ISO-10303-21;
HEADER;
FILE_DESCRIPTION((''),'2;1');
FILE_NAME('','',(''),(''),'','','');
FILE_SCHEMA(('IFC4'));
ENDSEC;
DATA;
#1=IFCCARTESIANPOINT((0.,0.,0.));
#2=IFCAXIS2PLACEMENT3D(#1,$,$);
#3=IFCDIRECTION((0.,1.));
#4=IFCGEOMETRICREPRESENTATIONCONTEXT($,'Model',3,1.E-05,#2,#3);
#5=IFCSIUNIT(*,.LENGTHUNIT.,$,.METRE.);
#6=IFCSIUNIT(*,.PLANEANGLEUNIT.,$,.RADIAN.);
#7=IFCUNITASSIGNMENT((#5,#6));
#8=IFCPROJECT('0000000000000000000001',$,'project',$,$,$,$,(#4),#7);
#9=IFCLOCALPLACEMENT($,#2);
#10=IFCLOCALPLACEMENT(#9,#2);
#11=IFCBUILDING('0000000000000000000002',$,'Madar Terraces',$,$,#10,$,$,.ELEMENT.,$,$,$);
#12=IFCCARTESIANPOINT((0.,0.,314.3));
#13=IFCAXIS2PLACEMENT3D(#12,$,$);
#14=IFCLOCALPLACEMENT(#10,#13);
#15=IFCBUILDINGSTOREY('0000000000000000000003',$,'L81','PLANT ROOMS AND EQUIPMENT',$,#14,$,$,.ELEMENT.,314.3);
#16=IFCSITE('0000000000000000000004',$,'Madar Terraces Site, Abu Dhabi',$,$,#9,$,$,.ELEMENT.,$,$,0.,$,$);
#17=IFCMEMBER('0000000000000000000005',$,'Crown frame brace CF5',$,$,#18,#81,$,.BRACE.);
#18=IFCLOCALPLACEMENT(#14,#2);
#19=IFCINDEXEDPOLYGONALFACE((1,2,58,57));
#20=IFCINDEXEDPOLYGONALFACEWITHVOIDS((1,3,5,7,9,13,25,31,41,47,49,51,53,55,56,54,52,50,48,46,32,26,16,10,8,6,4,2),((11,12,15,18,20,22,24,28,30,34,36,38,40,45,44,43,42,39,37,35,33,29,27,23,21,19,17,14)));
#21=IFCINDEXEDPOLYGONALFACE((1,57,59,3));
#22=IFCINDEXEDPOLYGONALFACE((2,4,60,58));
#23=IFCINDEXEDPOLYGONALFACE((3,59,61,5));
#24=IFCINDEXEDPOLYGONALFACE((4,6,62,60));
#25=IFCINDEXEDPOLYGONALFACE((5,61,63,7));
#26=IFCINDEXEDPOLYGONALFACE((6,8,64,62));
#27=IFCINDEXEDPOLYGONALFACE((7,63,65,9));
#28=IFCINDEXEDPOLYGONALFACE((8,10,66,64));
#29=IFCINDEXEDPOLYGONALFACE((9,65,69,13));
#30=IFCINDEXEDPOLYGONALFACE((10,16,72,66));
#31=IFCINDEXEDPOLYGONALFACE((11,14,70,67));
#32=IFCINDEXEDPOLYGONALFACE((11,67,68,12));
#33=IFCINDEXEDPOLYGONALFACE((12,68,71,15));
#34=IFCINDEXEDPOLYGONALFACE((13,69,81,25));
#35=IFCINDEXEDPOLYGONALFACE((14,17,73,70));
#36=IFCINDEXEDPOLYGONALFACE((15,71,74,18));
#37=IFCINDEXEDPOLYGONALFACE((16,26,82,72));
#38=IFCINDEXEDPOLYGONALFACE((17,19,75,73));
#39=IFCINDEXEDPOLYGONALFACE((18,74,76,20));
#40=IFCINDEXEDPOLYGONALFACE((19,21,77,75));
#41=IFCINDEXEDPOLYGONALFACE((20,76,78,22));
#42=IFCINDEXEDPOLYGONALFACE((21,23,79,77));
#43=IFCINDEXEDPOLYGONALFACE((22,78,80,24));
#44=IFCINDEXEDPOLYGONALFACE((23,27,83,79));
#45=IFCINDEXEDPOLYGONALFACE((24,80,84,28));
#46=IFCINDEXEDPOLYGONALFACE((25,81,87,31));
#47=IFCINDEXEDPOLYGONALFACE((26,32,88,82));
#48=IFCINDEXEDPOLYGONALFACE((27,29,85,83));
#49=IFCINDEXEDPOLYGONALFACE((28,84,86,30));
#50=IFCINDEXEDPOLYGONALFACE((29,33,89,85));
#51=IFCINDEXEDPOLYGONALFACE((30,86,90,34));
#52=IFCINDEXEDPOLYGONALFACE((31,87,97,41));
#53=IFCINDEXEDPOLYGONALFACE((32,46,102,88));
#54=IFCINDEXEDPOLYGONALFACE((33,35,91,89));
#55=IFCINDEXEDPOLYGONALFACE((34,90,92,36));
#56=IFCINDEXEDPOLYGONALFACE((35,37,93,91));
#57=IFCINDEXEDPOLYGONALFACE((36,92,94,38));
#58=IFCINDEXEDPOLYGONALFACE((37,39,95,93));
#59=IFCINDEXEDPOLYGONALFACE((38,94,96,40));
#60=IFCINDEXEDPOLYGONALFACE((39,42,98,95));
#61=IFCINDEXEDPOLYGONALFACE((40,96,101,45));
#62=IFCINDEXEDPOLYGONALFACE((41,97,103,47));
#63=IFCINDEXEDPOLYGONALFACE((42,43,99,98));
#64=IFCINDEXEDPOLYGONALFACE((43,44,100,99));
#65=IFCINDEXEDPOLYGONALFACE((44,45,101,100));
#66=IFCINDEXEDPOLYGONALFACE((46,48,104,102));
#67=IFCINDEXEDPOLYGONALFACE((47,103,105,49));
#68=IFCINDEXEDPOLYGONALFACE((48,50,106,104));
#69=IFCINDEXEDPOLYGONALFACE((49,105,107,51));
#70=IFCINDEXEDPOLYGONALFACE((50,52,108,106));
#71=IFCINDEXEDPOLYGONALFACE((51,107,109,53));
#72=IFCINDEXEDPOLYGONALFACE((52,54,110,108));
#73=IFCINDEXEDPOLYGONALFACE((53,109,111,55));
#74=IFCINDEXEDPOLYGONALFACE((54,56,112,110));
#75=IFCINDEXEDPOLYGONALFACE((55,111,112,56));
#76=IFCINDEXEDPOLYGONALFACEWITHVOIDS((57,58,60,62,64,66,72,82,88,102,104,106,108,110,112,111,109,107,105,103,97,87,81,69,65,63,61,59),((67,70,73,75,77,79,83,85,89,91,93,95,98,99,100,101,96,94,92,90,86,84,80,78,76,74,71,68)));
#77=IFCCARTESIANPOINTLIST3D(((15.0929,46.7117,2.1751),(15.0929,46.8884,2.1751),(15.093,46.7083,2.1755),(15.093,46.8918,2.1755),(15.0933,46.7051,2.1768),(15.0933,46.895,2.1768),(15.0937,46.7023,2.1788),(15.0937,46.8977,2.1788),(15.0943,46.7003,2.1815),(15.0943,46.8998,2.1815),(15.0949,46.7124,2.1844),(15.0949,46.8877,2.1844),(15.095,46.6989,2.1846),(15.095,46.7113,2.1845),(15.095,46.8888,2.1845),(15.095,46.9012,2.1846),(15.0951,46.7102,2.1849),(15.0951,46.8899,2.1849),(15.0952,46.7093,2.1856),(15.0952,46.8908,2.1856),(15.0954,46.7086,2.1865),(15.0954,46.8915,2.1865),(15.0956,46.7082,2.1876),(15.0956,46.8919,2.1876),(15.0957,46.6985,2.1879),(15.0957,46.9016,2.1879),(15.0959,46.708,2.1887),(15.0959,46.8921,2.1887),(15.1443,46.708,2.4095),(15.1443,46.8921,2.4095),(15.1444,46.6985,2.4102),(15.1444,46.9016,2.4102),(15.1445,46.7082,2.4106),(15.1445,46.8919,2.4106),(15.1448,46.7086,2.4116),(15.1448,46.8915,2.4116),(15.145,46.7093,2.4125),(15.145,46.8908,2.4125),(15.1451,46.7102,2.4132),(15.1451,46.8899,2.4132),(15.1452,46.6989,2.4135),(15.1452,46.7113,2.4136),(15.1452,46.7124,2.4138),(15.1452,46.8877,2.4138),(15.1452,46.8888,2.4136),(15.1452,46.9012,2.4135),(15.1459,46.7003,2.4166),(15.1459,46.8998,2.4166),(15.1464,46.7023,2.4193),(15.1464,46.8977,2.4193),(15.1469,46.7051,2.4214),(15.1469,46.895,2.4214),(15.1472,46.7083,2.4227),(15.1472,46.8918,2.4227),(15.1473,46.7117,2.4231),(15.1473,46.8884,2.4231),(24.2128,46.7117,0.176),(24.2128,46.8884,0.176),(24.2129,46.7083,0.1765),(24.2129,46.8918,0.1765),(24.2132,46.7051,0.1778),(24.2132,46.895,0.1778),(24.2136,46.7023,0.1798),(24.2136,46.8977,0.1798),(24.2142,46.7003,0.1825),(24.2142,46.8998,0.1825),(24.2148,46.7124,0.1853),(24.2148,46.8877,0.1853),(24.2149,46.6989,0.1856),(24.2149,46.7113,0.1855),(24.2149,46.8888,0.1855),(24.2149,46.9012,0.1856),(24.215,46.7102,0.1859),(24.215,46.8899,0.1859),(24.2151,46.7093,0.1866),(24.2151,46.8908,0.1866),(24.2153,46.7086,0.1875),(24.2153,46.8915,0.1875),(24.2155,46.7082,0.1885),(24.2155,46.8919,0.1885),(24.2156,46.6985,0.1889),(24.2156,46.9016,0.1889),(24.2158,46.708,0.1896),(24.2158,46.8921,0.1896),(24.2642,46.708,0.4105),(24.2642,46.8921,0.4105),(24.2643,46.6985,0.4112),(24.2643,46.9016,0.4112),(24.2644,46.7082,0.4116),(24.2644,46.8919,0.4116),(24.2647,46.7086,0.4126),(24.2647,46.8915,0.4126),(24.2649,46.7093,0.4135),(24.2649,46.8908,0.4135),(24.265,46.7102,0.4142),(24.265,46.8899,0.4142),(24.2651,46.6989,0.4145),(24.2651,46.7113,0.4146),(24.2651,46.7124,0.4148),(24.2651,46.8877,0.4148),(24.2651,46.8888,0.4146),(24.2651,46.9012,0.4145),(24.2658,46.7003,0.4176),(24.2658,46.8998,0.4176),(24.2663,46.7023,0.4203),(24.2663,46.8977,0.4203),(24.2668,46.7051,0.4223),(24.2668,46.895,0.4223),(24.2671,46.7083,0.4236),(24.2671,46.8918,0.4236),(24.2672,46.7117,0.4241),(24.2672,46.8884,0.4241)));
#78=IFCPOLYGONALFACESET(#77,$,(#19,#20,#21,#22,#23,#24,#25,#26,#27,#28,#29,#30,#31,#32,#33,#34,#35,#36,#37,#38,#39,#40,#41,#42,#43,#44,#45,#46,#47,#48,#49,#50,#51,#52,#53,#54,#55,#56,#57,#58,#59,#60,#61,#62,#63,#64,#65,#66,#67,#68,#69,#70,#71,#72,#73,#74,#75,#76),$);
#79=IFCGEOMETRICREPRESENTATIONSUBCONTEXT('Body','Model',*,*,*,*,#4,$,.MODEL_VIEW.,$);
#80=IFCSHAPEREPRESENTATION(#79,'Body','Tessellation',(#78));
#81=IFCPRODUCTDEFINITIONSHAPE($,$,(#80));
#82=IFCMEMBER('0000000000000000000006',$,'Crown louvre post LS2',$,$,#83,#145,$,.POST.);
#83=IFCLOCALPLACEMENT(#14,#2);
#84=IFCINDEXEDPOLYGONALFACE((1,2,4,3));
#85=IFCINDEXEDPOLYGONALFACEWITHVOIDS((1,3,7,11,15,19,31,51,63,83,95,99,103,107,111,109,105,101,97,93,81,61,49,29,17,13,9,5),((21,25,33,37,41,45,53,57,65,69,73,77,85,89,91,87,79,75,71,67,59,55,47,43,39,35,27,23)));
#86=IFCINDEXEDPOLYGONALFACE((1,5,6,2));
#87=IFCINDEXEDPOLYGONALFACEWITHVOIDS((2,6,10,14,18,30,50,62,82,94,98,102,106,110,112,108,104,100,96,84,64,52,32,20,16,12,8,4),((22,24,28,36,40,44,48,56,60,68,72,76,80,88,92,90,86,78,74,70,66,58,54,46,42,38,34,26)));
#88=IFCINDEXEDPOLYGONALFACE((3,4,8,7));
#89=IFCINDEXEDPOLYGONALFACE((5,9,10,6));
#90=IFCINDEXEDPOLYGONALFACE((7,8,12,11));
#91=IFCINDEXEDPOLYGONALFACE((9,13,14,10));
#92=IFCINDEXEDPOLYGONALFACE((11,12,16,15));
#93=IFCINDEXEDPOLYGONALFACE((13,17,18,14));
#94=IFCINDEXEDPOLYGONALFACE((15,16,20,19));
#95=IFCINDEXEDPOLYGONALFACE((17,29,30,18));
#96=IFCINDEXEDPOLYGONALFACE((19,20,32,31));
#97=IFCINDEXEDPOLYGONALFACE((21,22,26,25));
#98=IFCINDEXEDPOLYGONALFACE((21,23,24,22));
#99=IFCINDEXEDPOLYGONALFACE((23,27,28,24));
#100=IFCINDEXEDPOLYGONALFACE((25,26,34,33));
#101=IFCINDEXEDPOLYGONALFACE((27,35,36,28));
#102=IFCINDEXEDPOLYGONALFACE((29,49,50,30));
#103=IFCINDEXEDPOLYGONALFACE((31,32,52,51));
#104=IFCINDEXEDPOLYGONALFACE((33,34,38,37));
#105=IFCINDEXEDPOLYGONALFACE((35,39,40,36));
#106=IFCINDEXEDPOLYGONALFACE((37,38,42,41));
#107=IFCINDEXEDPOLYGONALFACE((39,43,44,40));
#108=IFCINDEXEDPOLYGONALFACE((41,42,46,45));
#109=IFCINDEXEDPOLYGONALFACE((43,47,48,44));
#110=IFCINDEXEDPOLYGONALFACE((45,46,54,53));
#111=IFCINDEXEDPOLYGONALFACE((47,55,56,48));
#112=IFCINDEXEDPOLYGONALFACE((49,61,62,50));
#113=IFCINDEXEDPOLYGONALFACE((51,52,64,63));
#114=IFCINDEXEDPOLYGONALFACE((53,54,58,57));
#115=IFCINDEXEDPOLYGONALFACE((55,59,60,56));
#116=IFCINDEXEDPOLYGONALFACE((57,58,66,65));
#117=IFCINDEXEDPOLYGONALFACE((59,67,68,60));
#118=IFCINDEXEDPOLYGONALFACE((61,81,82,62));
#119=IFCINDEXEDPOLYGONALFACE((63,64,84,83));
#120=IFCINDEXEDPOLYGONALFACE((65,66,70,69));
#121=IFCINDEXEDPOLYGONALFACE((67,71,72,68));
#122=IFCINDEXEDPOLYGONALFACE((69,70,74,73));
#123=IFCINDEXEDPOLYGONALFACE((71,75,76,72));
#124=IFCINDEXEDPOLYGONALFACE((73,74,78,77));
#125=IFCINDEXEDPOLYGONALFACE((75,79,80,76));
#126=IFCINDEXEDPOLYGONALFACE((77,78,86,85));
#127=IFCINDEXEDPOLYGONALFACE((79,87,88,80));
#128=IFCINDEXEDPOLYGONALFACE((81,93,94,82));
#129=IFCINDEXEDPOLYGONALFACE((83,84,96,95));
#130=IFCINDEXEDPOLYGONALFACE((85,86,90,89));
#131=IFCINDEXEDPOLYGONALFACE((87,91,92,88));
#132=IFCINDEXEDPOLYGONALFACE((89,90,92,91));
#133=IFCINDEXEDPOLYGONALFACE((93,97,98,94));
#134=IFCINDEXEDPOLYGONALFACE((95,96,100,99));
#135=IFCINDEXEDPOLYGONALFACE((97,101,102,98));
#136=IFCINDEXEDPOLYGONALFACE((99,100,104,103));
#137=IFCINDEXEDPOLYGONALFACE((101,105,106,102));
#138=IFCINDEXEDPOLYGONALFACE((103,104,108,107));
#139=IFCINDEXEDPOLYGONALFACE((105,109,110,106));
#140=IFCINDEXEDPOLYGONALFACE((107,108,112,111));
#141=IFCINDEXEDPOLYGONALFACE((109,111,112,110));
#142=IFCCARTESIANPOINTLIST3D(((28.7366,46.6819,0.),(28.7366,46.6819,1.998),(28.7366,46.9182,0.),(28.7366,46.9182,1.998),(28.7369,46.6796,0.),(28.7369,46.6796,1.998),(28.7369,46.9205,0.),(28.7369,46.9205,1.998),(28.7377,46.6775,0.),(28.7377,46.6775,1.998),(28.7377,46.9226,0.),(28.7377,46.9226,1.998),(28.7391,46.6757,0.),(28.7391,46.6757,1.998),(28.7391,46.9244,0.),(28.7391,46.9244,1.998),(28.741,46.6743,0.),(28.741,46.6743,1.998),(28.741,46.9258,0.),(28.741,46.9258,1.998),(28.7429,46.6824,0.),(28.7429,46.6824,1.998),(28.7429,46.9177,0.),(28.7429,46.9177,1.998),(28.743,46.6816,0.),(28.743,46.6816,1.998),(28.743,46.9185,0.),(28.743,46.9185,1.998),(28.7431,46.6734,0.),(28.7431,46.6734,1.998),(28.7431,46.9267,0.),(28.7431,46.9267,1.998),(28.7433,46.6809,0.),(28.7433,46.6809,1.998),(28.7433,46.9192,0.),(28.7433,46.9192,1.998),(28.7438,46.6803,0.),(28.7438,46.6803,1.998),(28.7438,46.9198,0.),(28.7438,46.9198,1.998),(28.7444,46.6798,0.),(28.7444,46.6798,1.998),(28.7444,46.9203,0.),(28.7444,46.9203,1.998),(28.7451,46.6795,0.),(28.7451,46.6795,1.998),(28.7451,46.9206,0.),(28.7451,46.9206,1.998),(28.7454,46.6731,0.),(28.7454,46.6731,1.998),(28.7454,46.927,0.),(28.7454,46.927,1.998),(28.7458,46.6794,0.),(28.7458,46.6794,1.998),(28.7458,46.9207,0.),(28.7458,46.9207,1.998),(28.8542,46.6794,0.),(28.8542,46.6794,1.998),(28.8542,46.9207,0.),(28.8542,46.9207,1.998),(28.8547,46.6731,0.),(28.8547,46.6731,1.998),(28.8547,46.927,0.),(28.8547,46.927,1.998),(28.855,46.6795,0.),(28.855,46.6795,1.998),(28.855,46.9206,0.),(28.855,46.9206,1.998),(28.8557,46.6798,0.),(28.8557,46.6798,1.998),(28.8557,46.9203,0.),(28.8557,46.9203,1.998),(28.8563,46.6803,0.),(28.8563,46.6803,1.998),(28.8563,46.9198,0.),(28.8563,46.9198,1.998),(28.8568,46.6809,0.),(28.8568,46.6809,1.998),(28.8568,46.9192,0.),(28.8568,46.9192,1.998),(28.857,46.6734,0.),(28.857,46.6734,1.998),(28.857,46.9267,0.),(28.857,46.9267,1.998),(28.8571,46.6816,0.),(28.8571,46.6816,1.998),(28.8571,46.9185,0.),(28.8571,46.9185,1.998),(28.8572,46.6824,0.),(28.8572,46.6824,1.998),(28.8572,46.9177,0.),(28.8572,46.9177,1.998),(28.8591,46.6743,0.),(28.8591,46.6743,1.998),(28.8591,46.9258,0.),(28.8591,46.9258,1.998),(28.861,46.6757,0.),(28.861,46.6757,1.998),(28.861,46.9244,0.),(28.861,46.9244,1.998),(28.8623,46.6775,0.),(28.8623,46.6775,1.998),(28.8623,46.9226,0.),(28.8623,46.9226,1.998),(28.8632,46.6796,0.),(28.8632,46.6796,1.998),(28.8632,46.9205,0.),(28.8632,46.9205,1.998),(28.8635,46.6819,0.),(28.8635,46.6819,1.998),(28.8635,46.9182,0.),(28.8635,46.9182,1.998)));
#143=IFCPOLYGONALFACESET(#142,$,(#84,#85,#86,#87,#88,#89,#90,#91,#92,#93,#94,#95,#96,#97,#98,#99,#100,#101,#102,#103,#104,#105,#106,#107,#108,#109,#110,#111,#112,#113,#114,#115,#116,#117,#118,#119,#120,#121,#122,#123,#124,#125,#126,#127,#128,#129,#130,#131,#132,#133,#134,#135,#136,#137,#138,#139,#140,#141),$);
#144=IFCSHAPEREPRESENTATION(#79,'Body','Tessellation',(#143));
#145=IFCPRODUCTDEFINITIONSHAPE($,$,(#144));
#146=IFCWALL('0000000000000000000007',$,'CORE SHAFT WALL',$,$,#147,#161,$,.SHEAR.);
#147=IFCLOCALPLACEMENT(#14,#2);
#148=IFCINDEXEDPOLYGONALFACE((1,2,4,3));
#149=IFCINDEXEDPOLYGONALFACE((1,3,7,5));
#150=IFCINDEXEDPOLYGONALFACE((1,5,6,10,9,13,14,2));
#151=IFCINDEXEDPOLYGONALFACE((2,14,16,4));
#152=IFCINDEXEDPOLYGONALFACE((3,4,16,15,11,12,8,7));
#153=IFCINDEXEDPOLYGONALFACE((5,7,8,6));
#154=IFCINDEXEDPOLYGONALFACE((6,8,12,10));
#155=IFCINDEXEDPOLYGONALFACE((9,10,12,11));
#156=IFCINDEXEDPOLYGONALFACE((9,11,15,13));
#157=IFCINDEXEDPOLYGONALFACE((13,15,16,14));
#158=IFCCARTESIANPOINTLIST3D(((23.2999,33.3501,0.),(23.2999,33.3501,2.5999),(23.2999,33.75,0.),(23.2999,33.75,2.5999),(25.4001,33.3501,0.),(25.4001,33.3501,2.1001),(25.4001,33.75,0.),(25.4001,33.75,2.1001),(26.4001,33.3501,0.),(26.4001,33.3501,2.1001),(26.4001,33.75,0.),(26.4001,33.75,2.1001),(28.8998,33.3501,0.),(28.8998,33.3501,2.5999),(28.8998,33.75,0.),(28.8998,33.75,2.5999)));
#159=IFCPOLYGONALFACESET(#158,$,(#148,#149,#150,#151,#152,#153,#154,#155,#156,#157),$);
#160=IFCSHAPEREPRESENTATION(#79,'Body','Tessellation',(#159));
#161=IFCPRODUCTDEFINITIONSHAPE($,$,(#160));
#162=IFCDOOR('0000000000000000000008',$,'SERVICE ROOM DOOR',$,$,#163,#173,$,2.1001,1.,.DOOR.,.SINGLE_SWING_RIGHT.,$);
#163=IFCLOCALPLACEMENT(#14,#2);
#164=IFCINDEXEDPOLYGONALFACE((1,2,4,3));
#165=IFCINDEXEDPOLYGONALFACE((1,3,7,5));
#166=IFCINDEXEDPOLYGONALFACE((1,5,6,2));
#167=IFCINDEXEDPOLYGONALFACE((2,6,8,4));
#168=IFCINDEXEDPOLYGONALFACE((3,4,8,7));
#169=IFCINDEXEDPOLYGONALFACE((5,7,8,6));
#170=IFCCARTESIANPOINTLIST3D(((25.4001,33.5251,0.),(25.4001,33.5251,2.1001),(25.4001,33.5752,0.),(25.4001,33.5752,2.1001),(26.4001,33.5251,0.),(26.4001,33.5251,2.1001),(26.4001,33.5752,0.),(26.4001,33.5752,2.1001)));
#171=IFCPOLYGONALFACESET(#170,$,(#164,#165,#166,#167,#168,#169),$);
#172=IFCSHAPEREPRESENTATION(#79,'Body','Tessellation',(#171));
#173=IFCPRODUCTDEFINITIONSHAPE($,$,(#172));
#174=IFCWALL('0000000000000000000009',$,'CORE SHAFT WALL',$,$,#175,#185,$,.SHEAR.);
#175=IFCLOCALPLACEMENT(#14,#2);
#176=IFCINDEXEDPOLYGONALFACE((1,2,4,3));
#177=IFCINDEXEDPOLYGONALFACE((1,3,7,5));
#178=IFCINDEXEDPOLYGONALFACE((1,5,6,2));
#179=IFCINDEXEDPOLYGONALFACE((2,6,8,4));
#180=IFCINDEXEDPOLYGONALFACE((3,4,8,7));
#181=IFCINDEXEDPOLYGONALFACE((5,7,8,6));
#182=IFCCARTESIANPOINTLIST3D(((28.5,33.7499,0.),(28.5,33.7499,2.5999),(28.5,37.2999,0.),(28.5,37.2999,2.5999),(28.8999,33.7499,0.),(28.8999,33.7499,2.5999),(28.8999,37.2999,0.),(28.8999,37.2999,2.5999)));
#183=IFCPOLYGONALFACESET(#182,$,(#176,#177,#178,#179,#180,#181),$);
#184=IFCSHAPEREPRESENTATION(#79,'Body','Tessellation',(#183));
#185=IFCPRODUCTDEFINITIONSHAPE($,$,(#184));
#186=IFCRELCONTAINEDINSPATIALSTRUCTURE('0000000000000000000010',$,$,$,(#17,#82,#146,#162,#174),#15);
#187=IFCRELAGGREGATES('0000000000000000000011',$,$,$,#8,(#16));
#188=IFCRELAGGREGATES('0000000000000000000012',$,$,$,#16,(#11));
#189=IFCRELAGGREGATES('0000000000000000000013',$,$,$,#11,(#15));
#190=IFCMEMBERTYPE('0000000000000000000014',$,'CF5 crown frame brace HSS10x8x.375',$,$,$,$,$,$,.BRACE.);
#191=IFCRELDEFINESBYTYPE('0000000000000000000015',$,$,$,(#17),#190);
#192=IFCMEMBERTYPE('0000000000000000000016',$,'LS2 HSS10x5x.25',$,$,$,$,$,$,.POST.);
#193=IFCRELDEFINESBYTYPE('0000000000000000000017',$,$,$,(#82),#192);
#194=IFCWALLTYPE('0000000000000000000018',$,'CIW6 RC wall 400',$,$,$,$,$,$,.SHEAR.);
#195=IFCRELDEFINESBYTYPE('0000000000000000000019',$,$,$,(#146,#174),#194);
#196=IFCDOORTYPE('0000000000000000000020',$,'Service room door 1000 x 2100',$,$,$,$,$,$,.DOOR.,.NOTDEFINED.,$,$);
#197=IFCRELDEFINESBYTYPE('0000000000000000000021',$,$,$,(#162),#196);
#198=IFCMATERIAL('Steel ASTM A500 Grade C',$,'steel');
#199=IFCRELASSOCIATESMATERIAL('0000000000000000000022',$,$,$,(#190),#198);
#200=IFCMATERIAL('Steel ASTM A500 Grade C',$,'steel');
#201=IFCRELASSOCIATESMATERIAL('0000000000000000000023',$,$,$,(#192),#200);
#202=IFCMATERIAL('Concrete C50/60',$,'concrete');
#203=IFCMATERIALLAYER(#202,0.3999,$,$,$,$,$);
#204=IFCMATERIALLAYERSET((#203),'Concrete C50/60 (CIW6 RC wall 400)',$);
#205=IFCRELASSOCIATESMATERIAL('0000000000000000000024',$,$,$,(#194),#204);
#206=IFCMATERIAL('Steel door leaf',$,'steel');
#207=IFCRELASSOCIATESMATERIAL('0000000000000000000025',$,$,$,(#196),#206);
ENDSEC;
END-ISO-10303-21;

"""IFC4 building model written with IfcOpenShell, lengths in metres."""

from ifc_helpers import new_model, si_unit, direction, frame, frame_2d, origin, origin_2d, place, context, subcontext, project, spatial, rectangle, hollow_rectangle, extrude, material, layer, layer_set, material_profile, profile_set, type_object, element, fill, save


model = new_model("IFC4")

# Units and contexts
model_context = context("Model", 3, precision=1e-05, world=origin(), true_north=direction((0.0, 1.0)))
body_context = subcontext(model_context, "Body", "Model", "MODEL_VIEW")
ifc_project = project(units=[si_unit("LENGTHUNIT", "METRE"), si_unit("PLANEANGLEUNIT", "RADIAN")], contexts=[model_context])

# Site, building, storey
site_placement = place(None, origin())
site = spatial("IfcSite", under=ifc_project, at=site_placement, Name="Madar Terraces Site, Abu Dhabi", CompositionType="ELEMENT", RefElevation=0.0)
building_placement = place(site_placement, origin())
building = spatial("IfcBuilding", under=site, at=building_placement, Name="Madar Terraces", CompositionType="ELEMENT")
storey_placement = place(building_placement, frame((0.0, 0.0, 314.3)))
storey = spatial("IfcBuildingStorey", under=building, at=storey_placement, Name="L81", Description="PLANT ROOMS AND EQUIPMENT", CompositionType="ELEMENT", Elevation=314.3)

# Members
ifc_material_1 = material(Name="Steel ASTM A500 Grade C", Category="steel")
ifc_material_profile_1 = material_profile(ifc_material_1, hollow_rectangle(XDim=0.2031, YDim=0.2539, WallThickness=0.0095, InnerFilletRadius=0.0044, OuterFilletRadius=0.0132, at=origin_2d()), Name="HSS10x8x.375")
ifc_profile_set_1 = profile_set([ifc_material_profile_1], Name="Steel ASTM A500 Grade C")
member_type_1 = type_object("IfcMemberType", Name="CF5 crown frame brace HSS10x8x.375", PredefinedType="BRACE", material=ifc_profile_set_1)
member_1_placement = place(storey_placement, frame((24.24, 46.8, 0.3), z_axis=(-0.976809, 0.0, 0.214111), x_axis=(0.0, -1.0, 0.0)))
element("IfcMember", 1, at=member_1_placement, inside=storey, type_object=member_type_1, Name="Crown frame brace CF5", PredefinedType="BRACE", context=body_context, shape_type="SweptSolid", body=[
    extrude(hollow_rectangle(XDim=0.2031, YDim=0.2539, WallThickness=0.0095, InnerFilletRadius=0.0044, OuterFilletRadius=0.0132, at=origin_2d()), origin(), (0.0, 0.0, 1.0), 9.3364),
])
ifc_material_2 = material(Name="Steel ASTM A500 Grade C", Category="steel")
ifc_material_profile_2 = material_profile(ifc_material_2, hollow_rectangle(XDim=0.127, YDim=0.2539, WallThickness=0.0063, InnerFilletRadius=0.0029, OuterFilletRadius=0.0088, at=origin_2d()), Name="HSS10x5x.25")
ifc_profile_set_2 = profile_set([ifc_material_profile_2], Name="Steel ASTM A500 Grade C")
member_type_2 = type_object("IfcMemberType", Name="LS2 HSS10x5x.25", PredefinedType="POST", material=ifc_profile_set_2)
member_2_placement = place(storey_placement, frame((28.8, 46.8, 0.0), z_axis=(0.0, 0.0, 1.0), x_axis=(-1.0, 0.0, 0.0)))
element("IfcMember", 2, at=member_2_placement, inside=storey, type_object=member_type_2, Name="Crown louvre post LS2", PredefinedType="POST", context=body_context, shape_type="SweptSolid", body=[
    extrude(hollow_rectangle(XDim=0.127, YDim=0.2539, WallThickness=0.0063, InnerFilletRadius=0.0029, OuterFilletRadius=0.0088, at=origin_2d()), origin(), (0.0, 0.0, 1.0), 1.998),
])

# Wall, opening, door
ifc_material_3 = material(Name="Concrete C50/60", Category="concrete")
ifc_layer_1 = layer(ifc_material_3, 0.3999)
ifc_layer_set_1 = layer_set([ifc_layer_1], Name="Concrete C50/60 (CIW6 RC wall 400)")
wall_type_1 = type_object("IfcWallType", Name="CIW6 RC wall 400", PredefinedType="SHEAR", material=ifc_layer_set_1)
wall_1_placement = place(storey_placement, frame((23.3, 33.55, 0.0), z_axis=(0.0, 0.0, 1.0), x_axis=(1.0, 0.0, 0.0)))
wall_1 = element("IfcWall", 3, at=wall_1_placement, inside=storey, type_object=wall_type_1, Name="CORE SHAFT WALL", PredefinedType="SHEAR", context=body_context, shape_type="SweptSolid", body=[
    extrude(rectangle(XDim=5.5999, YDim=0.3999, at=frame_2d((2.7998, 0.0))), origin(), (0.0, 0.0, 1.0), 2.5999),
])
opening_1_placement = place(wall_1_placement, frame((2.1001, 0.0, 0.0)))
opening_1 = element("IfcOpeningElement", 4, at=opening_1_placement, cuts=wall_1, PredefinedType="OPENING", context=body_context, shape_type="SweptSolid", body=[
    extrude(rectangle(XDim=1.0, YDim=2.1001, at=frame_2d((0.5, 1.05))), frame((0.0, 0.21, 0.0), z_axis=(0.0, -1.0, 0.0), x_axis=(1.0, 0.0, 0.0)), (0.0, 0.0, 1.0), 0.4199),
])
ifc_material_4 = material(Name="Steel door leaf", Category="steel")
door_type_1 = type_object("IfcDoorType", Name="Service room door 1000 x 2100", OperationType="NOTDEFINED", PredefinedType="DOOR", material=ifc_material_4)
door_1_placement = place(opening_1_placement, frame((1.0, 0.0, 0.0), z_axis=(0.0, 0.0, 1.0), x_axis=(-1.0, 0.0, 0.0)))
door_1 = element("IfcDoor", 5, at=door_1_placement, inside=storey, type_object=door_type_1, Name="SERVICE ROOM DOOR", OperationType="SINGLE_SWING_RIGHT", OverallHeight=2.1001, OverallWidth=1.0, PredefinedType="DOOR", context=body_context, shape_type="SweptSolid", body=[
    extrude(rectangle(XDim=1.0, YDim=2.1001, at=frame_2d((0.5, 1.05))), frame((0.0, 0.0249, 0.0), z_axis=(0.0, -1.0, 0.0), x_axis=(1.0, 0.0, 0.0)), (0.0, 0.0, 1.0), 0.05),
])
fill(opening_1, door_1)

# Wall
wall_2_placement = place(storey_placement, frame((28.7, 33.75, 0.0), z_axis=(0.0, 0.0, 1.0), x_axis=(0.0, 1.0, 0.0)))
element("IfcWall", 6, at=wall_2_placement, inside=storey, type_object=wall_type_1, Name="CORE SHAFT WALL", PredefinedType="SHEAR", context=body_context, shape_type="SweptSolid", body=[
    extrude(rectangle(XDim=3.55, YDim=0.3999, at=frame_2d((1.7749, 0.0))), origin(), (0.0, 0.0, 1.0), 2.5999),
])

save(model, "model.ifc")
